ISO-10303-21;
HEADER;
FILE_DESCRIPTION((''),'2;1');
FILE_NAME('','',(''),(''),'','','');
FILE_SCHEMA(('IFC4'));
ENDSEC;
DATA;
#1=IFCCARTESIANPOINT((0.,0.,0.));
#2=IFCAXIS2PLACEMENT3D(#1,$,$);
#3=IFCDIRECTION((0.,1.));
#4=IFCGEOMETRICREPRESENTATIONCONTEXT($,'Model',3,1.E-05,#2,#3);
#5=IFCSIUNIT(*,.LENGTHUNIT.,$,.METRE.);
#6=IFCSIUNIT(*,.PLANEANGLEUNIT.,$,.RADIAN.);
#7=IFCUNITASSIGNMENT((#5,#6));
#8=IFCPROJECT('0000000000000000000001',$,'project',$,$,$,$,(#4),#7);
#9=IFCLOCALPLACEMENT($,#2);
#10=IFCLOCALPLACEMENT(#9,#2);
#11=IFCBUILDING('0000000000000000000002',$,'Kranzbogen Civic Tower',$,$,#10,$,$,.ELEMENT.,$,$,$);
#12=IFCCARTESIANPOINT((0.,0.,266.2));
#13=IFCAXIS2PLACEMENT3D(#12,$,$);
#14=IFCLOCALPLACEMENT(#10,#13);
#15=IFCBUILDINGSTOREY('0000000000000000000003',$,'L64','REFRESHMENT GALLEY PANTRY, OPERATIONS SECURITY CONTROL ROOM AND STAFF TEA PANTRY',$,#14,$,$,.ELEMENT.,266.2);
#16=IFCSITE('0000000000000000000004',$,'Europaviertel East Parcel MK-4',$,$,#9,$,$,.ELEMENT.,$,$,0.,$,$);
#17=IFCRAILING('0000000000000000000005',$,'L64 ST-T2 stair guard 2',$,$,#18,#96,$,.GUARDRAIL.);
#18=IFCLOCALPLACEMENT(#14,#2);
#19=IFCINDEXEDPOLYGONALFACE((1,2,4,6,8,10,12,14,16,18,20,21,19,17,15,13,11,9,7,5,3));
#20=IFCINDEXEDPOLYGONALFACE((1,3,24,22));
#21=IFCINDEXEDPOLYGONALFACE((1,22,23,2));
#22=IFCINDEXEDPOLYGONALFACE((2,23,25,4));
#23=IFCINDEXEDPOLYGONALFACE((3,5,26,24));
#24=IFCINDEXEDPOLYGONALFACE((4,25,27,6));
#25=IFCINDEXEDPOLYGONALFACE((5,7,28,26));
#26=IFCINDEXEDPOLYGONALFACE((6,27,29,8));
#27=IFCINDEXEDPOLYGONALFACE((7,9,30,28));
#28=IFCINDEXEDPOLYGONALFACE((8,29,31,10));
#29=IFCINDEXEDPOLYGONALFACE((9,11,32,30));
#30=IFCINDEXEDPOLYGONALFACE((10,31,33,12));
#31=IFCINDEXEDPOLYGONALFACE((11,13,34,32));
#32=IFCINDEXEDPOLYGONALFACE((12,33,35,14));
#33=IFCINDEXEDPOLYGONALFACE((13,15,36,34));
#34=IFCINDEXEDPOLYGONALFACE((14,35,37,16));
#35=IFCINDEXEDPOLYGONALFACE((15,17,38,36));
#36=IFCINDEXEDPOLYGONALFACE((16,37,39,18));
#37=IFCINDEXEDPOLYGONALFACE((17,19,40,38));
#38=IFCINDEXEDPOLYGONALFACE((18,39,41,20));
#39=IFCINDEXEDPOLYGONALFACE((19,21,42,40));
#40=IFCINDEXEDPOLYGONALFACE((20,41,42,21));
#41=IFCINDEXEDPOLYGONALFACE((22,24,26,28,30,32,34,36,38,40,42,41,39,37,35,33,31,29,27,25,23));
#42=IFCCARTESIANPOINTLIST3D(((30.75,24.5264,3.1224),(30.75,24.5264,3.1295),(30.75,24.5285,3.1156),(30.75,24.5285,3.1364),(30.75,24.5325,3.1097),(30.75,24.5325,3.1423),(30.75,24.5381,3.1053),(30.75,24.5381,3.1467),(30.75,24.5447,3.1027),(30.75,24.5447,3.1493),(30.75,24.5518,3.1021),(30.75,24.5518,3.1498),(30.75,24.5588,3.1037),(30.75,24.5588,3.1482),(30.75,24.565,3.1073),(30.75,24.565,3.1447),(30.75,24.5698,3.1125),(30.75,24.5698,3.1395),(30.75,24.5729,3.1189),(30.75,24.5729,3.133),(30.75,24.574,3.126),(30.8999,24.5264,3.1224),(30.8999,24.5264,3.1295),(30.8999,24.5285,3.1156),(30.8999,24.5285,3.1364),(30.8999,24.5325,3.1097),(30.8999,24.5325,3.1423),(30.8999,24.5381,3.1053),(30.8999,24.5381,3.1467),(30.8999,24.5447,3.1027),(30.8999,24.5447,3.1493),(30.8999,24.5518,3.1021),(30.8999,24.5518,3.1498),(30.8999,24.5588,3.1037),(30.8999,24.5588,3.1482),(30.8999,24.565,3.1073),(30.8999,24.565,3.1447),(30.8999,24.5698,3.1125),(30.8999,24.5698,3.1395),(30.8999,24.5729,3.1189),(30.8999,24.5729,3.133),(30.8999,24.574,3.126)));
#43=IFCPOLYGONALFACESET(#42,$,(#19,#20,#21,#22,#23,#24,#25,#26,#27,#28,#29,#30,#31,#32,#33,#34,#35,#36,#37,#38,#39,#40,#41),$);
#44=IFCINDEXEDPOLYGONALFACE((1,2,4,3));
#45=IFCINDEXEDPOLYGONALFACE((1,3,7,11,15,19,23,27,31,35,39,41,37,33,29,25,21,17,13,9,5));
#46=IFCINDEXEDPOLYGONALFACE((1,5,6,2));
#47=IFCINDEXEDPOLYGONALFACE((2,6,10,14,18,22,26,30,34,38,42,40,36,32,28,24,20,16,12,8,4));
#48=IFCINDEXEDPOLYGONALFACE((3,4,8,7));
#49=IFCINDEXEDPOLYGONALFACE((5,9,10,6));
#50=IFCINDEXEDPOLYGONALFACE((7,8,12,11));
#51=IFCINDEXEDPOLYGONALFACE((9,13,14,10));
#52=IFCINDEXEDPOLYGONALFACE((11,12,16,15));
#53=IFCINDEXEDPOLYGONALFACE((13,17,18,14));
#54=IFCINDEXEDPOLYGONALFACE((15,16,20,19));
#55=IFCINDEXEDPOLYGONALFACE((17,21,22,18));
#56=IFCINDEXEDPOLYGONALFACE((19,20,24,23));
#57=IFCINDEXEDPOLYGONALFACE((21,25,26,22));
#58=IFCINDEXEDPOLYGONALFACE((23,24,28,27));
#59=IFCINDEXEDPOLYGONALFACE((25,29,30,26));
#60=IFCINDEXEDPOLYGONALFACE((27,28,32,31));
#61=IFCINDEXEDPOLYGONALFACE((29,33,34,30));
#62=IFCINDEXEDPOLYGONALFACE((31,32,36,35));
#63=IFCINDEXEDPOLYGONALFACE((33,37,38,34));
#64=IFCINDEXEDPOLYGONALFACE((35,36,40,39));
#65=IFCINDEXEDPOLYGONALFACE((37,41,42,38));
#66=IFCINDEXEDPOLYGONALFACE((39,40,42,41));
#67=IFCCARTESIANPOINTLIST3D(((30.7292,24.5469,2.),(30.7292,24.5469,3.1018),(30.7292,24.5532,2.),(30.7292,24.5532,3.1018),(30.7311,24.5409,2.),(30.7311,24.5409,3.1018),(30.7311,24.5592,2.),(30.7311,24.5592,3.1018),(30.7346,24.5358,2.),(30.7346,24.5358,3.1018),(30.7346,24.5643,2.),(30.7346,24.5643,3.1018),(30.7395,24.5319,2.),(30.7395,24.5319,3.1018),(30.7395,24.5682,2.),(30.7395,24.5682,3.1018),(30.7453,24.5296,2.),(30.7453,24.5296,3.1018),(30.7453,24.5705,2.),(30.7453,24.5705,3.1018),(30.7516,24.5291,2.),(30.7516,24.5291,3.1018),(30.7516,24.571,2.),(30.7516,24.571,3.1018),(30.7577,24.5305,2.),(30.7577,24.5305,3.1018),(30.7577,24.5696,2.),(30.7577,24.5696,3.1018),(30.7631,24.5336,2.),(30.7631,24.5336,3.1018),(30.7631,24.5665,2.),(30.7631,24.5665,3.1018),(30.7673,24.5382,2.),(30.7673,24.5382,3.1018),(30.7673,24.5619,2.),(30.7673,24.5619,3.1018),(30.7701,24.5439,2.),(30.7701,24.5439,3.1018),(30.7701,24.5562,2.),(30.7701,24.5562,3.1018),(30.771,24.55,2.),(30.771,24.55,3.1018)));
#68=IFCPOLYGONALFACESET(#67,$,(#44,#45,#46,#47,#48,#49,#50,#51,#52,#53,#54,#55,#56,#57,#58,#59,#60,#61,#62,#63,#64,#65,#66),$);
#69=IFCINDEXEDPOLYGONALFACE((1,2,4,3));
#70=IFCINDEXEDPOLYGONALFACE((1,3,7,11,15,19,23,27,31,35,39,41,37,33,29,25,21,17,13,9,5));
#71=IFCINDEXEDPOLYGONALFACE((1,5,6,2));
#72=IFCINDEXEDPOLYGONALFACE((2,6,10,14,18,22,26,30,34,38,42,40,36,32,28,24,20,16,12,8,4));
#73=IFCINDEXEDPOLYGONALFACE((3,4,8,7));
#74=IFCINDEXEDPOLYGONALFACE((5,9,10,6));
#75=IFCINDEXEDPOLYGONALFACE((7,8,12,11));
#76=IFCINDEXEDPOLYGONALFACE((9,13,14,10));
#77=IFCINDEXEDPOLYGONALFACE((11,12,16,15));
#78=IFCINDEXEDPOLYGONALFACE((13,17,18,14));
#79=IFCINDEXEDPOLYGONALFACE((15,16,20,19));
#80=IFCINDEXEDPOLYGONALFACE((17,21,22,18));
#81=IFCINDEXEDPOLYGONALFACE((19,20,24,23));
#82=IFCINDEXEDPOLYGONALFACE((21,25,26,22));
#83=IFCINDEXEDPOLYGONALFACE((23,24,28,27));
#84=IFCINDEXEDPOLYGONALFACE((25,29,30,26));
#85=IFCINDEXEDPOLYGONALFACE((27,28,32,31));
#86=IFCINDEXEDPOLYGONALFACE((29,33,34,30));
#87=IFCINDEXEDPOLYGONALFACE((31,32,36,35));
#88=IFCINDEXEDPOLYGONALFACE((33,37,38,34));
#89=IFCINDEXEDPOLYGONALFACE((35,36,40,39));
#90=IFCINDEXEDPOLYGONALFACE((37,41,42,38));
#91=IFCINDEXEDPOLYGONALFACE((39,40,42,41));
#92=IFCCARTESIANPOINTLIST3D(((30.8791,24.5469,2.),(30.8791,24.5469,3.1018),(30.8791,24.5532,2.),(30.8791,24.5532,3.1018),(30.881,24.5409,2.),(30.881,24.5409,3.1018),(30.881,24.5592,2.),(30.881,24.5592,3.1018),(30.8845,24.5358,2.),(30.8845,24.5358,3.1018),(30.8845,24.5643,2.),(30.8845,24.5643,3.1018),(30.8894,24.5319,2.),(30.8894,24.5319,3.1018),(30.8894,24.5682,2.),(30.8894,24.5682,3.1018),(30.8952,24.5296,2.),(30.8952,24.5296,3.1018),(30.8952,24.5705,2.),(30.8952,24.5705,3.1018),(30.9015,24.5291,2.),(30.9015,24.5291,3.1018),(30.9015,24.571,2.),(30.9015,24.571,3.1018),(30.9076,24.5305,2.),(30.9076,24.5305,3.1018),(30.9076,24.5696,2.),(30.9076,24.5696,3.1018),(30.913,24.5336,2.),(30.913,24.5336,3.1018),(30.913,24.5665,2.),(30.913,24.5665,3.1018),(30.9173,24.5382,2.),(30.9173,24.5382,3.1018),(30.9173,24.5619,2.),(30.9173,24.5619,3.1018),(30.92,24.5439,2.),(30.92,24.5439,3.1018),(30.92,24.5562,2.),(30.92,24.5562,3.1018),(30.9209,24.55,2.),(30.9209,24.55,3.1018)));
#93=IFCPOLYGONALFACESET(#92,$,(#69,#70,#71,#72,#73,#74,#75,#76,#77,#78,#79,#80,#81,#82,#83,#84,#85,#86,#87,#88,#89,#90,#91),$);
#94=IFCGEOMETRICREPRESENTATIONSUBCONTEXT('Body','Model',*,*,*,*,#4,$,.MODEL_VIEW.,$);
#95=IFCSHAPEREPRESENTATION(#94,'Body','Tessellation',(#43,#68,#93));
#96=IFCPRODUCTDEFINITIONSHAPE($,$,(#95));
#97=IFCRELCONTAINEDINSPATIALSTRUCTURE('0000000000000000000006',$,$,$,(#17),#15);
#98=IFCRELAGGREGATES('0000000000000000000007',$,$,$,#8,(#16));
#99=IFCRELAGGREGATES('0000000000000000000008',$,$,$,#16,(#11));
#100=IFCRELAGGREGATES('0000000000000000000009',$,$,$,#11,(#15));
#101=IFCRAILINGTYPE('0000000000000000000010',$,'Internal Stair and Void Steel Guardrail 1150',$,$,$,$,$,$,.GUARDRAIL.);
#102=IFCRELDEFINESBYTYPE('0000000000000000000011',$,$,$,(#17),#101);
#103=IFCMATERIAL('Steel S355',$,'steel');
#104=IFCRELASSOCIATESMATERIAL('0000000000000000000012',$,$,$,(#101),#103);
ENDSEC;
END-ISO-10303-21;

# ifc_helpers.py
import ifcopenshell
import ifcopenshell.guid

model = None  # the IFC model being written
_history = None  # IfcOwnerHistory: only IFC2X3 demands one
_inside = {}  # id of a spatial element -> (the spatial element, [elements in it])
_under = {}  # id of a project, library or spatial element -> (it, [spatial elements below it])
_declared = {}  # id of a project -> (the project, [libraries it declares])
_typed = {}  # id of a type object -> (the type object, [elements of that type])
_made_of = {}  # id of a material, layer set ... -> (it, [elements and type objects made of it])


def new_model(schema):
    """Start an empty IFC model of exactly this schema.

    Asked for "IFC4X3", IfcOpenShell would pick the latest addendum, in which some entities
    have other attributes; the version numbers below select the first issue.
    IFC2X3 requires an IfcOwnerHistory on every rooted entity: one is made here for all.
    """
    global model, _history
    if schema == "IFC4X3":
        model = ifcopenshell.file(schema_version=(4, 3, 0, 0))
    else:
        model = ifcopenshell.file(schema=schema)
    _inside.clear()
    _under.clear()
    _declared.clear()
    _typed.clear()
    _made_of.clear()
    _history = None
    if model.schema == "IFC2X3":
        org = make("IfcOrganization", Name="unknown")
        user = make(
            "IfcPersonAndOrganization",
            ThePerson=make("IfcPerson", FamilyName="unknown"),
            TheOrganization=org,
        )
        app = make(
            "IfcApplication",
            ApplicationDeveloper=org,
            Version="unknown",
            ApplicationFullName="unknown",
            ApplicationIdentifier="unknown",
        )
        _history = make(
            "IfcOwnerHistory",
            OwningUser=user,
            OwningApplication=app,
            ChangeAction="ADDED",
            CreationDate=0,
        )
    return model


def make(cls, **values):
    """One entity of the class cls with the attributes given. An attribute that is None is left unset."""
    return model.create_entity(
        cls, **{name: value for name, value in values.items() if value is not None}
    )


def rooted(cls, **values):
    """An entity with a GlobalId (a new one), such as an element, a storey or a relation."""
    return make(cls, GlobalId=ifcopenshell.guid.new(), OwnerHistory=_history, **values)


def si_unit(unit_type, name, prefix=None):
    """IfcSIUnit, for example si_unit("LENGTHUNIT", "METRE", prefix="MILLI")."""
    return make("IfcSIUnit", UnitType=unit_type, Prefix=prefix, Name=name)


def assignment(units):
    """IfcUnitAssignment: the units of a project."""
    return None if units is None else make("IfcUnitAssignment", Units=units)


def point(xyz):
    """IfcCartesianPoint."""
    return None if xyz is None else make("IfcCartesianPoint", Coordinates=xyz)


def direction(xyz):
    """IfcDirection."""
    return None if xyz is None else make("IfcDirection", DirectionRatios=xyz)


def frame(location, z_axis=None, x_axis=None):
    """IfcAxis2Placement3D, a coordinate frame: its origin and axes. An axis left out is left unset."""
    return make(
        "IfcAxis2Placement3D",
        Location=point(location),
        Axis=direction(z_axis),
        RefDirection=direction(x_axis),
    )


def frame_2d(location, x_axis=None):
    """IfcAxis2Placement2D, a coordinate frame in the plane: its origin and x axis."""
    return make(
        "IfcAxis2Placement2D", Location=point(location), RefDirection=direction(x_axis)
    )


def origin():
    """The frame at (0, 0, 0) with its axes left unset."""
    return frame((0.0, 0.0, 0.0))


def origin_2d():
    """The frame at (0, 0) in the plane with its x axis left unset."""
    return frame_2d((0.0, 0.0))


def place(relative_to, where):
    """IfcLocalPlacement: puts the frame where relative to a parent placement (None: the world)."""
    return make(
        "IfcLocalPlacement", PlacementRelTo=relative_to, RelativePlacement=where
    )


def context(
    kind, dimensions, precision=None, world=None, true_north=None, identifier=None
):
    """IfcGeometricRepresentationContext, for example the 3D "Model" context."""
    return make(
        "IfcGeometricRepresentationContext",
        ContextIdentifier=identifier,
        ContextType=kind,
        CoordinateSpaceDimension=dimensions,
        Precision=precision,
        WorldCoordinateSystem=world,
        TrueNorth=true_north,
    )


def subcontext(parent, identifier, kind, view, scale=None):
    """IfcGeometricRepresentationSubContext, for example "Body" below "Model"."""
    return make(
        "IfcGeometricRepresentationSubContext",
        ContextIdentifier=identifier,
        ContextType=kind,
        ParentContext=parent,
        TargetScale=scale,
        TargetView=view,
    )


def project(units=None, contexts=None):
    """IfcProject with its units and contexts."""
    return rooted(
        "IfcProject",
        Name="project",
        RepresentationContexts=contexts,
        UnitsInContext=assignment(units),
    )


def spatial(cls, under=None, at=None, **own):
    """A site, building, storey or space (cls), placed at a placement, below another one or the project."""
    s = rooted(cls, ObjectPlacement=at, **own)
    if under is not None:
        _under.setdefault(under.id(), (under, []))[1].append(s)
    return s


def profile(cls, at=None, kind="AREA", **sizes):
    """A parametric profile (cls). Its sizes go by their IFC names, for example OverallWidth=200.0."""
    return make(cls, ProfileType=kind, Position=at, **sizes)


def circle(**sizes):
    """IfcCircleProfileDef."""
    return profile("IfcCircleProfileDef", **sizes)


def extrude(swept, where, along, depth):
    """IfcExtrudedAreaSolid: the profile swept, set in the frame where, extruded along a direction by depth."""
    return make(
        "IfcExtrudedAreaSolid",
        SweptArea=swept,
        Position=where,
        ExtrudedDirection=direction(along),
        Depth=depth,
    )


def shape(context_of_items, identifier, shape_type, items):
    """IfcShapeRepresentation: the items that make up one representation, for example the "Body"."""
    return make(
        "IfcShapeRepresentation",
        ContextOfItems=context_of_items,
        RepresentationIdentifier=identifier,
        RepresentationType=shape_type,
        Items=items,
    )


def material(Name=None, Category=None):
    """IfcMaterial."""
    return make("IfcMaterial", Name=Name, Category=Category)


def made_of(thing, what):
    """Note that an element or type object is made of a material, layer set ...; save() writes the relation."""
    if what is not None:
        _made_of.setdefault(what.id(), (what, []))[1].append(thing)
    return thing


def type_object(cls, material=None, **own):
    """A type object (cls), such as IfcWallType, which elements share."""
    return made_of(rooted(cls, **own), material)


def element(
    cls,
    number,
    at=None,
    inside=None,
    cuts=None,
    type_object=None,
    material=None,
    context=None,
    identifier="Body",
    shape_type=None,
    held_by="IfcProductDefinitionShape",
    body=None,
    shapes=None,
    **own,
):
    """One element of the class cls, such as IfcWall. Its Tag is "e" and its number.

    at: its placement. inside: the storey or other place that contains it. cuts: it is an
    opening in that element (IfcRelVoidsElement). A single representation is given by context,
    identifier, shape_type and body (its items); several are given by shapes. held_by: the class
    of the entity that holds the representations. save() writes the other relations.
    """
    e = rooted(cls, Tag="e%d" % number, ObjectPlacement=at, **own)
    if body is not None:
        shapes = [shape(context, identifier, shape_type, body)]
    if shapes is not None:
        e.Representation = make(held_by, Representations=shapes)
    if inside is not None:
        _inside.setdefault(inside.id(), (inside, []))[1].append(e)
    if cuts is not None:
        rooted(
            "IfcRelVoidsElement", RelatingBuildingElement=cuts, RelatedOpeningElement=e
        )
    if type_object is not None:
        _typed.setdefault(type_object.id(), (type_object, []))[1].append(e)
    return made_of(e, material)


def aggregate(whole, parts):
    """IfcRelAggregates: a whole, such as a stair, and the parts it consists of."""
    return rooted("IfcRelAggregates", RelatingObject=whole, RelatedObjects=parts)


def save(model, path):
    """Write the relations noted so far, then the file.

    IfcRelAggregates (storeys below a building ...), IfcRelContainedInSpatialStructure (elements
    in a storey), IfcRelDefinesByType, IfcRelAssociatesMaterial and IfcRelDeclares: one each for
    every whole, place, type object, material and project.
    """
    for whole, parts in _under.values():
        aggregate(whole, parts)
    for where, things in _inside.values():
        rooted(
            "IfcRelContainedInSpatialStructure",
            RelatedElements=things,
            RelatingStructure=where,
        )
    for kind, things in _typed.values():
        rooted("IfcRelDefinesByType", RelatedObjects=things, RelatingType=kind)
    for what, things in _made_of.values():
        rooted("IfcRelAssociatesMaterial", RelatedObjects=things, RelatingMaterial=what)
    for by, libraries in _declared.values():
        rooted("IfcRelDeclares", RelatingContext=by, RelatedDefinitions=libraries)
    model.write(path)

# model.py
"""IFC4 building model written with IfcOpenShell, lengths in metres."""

from ifc_helpers import new_model, si_unit, direction, frame, origin, origin_2d, place, context, subcontext, project, spatial, circle, extrude, material, type_object, element, save


model = new_model("IFC4")

# Units and contexts
model_context = context("Model", 3, precision=1e-05, world=origin(), true_north=direction((0.0, 1.0)))
body_context = subcontext(model_context, "Body", "Model", "MODEL_VIEW")
ifc_project = project(units=[si_unit("LENGTHUNIT", "METRE"), si_unit("PLANEANGLEUNIT", "RADIAN")], contexts=[model_context])

# Site, building, storey
site_placement = place(None, origin())
site = spatial("IfcSite", under=ifc_project, at=site_placement, Name="Europaviertel East Parcel MK-4", CompositionType="ELEMENT", RefElevation=0.0)
building_placement = place(site_placement, origin())
building = spatial("IfcBuilding", under=site, at=building_placement, Name="Kranzbogen Civic Tower", CompositionType="ELEMENT")
storey_placement = place(building_placement, frame((0.0, 0.0, 266.2)))
storey = spatial("IfcBuildingStorey", under=building, at=storey_placement, Name="L64", Description="REFRESHMENT GALLEY PANTRY, OPERATIONS SECURITY CONTROL ROOM AND STAFF TEA PANTRY", CompositionType="ELEMENT", Elevation=266.2)

# Shared definitions
ifc_material_1 = material(Name="Steel S355", Category="steel")

# Railing
railing_type_1 = type_object("IfcRailingType", Name="Internal Stair and Void Steel Guardrail 1150", PredefinedType="GUARDRAIL", material=ifc_material_1)
railing_1_placement = place(storey_placement, frame((30.75, 24.55, 2.0)))
element("IfcRailing", 1, at=railing_1_placement, inside=storey, type_object=railing_type_1, Name="L64 ST-T2 stair guard 2", PredefinedType="GUARDRAIL", context=body_context, shape_type="SweptSolid", body=[
    extrude(circle(Radius=0.0239, at=origin_2d()), frame((0.0, 0.0, 1.126), z_axis=(1.0, 0.0, 0.0), x_axis=(0.0, 1.0, 0.0)), (0.0, 0.0, 1.0), 0.1499),
    extrude(circle(Radius=0.021, at=origin_2d()), origin(), (0.0, 0.0, 1.0), 1.1018),
    extrude(circle(Radius=0.021, at=origin_2d()), frame((0.1499, 0.0, 0.0)), (0.0, 0.0, 1.0), 1.1018),
])

save(model, "model.ifc")
